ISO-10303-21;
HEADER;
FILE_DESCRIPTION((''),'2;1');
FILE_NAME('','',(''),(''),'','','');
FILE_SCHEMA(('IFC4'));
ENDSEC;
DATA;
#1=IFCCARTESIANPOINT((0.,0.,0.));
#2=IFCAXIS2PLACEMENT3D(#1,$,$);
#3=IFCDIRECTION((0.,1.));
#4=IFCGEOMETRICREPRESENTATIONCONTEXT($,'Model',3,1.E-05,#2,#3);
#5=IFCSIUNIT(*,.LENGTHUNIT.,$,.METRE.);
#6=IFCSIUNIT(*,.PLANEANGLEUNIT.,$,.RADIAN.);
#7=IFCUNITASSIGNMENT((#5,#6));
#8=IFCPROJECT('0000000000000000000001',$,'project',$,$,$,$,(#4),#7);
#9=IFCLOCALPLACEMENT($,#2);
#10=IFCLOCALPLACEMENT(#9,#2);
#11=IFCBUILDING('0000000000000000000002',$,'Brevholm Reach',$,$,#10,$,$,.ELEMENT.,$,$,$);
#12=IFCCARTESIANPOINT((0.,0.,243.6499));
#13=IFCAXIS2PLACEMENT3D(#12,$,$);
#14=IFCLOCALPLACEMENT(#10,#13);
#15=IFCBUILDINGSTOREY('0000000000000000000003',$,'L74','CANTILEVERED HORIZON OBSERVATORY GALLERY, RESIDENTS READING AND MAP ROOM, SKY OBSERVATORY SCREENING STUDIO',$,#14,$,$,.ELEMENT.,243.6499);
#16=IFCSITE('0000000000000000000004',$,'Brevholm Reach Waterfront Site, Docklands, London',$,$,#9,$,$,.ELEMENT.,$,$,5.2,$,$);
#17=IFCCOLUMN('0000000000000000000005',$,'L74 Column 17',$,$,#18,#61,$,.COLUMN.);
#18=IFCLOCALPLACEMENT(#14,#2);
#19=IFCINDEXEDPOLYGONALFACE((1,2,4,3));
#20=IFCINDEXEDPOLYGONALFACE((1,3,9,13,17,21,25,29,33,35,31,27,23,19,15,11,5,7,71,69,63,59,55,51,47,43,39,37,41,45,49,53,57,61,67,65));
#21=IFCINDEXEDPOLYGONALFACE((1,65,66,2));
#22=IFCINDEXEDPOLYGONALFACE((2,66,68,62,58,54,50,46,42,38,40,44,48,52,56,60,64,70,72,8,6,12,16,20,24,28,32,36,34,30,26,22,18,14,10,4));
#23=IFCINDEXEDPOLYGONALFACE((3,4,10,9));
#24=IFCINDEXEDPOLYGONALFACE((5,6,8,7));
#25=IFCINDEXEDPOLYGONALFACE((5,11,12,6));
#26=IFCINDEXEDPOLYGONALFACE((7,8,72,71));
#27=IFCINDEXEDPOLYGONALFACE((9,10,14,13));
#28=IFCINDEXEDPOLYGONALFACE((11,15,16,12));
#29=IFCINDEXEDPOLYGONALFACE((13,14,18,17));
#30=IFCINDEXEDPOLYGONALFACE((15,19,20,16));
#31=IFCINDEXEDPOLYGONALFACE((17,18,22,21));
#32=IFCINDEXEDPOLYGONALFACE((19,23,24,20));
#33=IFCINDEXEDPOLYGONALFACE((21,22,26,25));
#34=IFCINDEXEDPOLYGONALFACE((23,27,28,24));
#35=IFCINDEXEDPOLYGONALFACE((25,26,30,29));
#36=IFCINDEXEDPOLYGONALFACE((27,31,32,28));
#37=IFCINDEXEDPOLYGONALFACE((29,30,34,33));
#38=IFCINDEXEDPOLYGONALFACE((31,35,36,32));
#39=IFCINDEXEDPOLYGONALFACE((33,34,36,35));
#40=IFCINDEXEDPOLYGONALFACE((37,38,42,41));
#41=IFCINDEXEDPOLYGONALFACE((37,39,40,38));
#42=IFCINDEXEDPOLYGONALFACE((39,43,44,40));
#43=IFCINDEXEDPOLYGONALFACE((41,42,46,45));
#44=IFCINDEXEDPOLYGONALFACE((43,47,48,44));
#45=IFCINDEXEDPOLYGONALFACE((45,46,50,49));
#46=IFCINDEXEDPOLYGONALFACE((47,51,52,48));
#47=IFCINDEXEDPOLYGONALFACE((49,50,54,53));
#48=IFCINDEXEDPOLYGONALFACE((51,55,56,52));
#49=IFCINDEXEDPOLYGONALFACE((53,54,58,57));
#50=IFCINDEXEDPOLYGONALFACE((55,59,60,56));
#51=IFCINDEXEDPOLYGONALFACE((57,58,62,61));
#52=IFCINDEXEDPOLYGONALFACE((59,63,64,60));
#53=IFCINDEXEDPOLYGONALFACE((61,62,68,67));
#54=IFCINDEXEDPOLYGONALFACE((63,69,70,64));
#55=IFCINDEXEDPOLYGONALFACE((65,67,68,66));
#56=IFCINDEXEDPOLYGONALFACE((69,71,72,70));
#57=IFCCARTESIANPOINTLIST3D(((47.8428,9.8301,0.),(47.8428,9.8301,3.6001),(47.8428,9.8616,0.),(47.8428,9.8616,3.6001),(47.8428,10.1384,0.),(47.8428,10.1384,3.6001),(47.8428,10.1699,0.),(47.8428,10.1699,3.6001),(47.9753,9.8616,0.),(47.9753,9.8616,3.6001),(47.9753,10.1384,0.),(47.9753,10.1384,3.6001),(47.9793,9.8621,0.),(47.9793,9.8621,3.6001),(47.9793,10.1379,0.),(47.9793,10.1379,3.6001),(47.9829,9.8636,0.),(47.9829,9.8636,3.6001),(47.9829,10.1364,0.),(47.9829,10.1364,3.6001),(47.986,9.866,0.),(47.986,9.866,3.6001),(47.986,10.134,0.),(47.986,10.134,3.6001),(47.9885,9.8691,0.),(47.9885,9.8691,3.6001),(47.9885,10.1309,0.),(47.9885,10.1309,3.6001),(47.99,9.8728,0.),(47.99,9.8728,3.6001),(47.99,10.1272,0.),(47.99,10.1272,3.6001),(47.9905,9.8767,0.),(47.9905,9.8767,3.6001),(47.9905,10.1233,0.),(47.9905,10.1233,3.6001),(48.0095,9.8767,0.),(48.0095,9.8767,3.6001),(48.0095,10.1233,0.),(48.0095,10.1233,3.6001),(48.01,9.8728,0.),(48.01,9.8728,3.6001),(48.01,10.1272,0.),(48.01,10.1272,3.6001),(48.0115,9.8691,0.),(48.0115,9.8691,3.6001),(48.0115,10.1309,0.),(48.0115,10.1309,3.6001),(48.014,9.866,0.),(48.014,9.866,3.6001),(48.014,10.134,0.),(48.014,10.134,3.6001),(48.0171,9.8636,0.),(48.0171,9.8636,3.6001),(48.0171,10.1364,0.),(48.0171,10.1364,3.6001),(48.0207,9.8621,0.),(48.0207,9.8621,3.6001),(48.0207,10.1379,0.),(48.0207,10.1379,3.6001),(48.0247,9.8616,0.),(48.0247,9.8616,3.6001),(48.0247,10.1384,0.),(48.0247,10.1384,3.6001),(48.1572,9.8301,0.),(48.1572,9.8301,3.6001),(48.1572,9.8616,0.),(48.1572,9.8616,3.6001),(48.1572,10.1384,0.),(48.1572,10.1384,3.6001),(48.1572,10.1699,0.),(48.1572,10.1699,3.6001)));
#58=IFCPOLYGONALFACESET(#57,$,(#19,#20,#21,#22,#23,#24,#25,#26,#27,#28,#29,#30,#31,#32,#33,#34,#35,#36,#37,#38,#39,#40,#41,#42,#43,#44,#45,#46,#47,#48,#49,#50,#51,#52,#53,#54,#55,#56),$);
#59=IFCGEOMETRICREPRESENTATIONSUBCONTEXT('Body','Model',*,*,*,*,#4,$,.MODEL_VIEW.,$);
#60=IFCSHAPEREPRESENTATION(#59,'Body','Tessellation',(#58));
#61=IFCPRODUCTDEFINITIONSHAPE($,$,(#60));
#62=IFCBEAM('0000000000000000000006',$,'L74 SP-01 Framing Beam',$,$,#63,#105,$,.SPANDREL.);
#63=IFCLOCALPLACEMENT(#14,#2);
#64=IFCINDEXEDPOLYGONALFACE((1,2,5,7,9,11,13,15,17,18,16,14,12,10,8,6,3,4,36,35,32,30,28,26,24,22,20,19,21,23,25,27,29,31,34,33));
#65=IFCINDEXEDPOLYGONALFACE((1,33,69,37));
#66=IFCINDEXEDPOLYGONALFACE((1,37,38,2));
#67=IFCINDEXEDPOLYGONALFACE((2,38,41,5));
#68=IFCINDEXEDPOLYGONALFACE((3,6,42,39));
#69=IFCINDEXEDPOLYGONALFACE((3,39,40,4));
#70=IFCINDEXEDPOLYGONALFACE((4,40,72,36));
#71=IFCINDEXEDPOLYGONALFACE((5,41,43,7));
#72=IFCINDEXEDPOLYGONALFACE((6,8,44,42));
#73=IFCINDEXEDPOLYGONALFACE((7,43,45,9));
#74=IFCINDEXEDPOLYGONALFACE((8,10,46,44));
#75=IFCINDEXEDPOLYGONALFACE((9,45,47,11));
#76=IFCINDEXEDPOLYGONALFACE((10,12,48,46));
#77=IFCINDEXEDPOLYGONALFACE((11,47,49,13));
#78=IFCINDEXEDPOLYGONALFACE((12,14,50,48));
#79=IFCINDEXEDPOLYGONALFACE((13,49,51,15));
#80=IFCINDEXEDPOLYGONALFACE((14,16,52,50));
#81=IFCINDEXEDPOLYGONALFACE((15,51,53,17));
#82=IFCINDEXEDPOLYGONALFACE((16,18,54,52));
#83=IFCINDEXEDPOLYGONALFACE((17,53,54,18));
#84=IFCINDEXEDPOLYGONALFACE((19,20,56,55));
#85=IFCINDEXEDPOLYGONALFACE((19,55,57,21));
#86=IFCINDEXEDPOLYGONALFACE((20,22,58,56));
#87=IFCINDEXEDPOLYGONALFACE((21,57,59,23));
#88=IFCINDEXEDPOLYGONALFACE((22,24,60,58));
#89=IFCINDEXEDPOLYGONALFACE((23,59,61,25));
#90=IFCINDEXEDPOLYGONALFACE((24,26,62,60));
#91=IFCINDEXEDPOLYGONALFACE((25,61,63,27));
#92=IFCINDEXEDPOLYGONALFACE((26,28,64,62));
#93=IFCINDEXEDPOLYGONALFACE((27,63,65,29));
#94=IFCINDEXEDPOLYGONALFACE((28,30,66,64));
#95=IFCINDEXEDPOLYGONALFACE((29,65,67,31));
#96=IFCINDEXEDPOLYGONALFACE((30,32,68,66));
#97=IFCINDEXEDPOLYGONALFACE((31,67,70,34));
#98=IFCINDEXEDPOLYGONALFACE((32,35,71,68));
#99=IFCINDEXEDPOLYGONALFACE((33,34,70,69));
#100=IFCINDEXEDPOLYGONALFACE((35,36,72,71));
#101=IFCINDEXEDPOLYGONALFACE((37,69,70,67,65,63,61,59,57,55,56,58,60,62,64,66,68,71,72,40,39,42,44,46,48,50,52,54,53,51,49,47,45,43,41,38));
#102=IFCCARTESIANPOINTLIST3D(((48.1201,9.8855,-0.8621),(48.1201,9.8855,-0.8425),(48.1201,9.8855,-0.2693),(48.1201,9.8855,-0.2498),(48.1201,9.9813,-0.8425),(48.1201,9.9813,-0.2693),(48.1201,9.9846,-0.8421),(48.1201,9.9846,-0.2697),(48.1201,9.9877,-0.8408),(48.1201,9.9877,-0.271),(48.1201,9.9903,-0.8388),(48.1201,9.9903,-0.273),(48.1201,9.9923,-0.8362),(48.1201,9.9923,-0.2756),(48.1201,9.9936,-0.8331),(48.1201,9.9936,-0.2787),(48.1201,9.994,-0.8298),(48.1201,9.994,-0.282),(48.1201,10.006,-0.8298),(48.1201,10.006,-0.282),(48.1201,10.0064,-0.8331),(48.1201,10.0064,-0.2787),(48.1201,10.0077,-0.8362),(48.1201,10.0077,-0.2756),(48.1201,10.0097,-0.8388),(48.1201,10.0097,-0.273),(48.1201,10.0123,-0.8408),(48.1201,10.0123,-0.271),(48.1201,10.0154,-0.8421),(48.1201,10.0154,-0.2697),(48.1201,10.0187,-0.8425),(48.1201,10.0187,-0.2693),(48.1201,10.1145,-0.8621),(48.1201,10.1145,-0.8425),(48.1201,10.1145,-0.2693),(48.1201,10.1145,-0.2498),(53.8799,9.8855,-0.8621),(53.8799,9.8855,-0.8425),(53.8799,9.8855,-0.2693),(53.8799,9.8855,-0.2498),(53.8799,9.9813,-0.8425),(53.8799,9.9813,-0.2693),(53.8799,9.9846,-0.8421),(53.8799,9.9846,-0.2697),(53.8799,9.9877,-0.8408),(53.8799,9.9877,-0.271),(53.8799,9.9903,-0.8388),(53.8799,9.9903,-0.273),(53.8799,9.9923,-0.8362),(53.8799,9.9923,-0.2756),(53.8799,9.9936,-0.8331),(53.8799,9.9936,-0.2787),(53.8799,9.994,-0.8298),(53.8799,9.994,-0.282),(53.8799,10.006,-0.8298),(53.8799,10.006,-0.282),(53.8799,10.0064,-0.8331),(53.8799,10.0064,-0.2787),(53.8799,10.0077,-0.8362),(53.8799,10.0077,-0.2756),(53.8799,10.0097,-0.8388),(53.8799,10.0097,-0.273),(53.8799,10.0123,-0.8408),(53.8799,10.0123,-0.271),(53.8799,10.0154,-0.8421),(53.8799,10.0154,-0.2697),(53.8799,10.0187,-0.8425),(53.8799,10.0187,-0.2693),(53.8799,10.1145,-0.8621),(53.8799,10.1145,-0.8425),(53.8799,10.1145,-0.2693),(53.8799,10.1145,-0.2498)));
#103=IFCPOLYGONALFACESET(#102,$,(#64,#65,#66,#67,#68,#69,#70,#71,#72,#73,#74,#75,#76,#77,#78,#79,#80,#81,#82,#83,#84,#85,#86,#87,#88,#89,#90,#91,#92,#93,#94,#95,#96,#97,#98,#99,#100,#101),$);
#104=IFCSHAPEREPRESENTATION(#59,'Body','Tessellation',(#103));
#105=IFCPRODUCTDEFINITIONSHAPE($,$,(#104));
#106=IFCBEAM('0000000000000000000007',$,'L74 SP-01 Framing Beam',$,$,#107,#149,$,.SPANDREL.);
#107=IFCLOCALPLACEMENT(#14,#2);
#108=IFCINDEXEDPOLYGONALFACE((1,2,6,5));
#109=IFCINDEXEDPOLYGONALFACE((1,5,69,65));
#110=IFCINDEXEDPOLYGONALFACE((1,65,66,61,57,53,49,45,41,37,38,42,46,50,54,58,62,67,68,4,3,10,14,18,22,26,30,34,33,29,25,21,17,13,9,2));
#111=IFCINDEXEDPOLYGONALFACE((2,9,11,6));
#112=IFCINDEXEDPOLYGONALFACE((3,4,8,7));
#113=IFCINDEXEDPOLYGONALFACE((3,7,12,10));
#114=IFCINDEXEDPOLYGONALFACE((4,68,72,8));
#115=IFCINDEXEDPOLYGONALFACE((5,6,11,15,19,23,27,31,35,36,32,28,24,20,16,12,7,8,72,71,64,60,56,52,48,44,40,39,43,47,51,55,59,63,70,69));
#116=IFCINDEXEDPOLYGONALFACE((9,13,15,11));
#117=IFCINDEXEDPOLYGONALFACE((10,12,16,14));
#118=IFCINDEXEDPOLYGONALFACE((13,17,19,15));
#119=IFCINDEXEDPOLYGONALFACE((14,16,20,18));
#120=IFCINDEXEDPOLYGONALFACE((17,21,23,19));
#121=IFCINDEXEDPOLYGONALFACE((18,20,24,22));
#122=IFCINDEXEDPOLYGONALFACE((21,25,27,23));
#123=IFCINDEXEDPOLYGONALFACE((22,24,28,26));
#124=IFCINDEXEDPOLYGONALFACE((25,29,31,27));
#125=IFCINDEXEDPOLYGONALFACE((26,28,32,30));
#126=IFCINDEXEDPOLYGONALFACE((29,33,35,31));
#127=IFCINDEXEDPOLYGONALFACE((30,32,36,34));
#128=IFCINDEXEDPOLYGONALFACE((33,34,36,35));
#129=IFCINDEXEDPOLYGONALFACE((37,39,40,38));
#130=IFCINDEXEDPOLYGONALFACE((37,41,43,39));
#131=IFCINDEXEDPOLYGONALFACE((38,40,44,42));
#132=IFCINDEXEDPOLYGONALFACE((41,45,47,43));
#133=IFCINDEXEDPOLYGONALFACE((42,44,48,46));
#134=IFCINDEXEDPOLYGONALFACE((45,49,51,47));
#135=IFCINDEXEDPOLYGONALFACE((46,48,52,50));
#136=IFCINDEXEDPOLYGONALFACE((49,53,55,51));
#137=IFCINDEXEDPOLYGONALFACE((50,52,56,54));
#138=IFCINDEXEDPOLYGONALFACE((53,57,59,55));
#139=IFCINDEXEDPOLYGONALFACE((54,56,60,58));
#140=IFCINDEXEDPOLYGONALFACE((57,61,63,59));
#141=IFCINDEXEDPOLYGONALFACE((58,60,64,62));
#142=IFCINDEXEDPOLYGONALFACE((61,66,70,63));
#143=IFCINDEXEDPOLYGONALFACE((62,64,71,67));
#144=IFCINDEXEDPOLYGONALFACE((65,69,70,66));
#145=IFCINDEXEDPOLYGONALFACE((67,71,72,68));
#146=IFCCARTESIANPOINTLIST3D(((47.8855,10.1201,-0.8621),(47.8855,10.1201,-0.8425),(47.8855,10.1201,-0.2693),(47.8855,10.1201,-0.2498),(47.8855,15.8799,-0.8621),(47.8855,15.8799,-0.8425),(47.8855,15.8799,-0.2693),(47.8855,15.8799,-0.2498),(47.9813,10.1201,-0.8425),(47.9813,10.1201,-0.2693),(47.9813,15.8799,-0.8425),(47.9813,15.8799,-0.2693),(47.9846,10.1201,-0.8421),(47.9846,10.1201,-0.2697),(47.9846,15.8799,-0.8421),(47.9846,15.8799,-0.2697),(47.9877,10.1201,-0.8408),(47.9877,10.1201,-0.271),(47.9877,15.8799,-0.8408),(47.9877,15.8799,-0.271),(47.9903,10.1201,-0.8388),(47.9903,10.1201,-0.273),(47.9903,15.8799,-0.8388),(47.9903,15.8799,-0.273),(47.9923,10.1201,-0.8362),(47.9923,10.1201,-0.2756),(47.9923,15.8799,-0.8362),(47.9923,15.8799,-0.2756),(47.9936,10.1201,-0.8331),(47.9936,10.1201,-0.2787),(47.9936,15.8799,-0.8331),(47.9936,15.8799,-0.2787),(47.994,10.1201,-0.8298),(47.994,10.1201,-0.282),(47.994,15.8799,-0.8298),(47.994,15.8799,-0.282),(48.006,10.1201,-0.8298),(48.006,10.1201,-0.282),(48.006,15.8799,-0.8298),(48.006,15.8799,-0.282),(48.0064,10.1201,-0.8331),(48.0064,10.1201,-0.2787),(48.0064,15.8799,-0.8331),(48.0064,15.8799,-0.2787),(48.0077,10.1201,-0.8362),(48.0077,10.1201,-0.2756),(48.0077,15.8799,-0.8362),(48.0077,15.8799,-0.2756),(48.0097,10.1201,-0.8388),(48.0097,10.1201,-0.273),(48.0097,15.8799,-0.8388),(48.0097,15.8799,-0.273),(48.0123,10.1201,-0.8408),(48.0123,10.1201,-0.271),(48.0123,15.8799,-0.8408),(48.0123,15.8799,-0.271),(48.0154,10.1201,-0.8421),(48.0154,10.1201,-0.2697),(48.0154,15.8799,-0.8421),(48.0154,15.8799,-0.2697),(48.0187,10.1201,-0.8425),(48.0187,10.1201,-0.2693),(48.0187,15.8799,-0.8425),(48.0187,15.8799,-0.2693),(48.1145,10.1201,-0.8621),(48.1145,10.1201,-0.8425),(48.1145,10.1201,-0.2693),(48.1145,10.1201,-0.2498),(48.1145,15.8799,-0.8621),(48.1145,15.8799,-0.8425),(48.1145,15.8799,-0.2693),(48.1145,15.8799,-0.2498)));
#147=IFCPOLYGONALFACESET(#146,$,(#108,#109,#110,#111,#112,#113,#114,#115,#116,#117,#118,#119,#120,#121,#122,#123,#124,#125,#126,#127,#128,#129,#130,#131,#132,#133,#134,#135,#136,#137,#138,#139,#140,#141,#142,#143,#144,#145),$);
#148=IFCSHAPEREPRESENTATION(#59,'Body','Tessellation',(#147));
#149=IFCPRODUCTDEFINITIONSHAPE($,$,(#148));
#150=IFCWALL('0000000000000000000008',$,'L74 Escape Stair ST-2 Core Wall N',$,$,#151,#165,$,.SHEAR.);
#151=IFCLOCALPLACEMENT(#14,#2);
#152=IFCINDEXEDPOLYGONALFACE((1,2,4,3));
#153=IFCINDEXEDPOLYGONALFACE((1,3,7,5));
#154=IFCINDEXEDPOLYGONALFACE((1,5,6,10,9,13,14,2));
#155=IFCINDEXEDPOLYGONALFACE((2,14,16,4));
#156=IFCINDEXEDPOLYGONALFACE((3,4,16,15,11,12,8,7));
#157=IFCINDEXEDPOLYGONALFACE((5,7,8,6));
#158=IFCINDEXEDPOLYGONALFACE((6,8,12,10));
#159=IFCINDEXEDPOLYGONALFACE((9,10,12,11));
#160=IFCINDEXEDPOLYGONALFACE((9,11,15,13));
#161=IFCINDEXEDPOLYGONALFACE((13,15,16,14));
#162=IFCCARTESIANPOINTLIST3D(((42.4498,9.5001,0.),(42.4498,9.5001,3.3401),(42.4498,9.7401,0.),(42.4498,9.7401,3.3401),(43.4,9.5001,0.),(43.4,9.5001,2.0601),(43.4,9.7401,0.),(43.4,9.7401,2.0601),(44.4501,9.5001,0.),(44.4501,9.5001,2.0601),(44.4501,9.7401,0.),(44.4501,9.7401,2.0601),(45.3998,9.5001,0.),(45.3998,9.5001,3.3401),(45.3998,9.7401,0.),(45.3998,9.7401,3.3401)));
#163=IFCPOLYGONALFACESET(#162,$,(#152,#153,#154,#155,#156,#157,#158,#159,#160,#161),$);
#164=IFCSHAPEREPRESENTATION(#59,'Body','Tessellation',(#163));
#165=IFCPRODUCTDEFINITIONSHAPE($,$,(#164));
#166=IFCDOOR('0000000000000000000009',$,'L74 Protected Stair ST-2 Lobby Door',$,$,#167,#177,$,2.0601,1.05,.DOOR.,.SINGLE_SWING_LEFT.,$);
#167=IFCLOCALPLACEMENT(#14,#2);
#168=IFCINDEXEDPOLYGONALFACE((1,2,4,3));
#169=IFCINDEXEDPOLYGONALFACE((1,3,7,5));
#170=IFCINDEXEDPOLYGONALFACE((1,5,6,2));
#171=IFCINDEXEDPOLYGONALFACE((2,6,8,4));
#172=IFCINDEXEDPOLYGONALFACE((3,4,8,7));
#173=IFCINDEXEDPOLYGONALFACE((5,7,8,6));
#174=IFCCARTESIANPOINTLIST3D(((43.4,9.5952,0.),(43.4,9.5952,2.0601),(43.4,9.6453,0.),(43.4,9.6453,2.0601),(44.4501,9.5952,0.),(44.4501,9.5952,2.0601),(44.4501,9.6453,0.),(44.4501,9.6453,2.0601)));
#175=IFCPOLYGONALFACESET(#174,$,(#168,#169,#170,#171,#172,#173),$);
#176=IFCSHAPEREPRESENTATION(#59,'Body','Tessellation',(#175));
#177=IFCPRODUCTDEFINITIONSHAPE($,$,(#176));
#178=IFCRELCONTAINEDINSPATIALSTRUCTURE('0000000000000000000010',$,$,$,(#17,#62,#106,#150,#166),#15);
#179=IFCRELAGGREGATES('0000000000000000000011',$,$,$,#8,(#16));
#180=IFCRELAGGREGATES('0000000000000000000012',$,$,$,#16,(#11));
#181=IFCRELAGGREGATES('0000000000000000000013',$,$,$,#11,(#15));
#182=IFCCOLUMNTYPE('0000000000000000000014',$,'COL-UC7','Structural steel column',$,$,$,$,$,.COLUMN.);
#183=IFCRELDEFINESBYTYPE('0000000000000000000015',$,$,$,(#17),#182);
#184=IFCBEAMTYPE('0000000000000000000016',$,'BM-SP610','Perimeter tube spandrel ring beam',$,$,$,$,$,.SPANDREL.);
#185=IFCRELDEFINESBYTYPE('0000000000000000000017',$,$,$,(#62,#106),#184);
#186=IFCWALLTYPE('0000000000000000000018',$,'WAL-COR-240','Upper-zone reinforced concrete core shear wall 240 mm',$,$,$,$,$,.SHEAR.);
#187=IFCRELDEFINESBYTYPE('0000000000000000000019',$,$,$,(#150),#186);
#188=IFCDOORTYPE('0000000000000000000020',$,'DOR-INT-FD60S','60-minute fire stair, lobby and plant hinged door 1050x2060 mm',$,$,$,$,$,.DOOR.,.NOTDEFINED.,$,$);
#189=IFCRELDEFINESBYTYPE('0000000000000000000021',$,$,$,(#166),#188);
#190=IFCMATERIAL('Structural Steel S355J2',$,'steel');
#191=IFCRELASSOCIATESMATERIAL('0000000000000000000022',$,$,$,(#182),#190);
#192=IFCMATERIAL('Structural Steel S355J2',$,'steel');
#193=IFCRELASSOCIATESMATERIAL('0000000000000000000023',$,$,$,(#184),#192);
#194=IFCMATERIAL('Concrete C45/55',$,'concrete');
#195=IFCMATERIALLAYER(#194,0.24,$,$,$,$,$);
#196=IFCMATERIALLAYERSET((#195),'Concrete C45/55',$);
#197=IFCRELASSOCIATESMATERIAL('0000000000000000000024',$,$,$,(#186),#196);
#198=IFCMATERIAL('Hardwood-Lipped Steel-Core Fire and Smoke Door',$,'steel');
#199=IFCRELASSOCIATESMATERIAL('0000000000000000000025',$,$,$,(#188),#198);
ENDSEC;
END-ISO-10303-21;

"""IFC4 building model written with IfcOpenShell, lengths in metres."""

from ifc_helpers import new_model, si_unit, direction, frame, frame_2d, origin, origin_2d, place, context, subcontext, project, spatial, rectangle, i_section, extrude, material, layer, layer_set, material_profile, profile_set, type_object, element, fill, save


model = new_model("IFC4")

# Units and contexts
model_context = context("Model", 3, precision=1e-05, world=origin(), true_north=direction((0.0, 1.0)))
body_context = subcontext(model_context, "Body", "Model", "MODEL_VIEW")
ifc_project = project(units=[si_unit("LENGTHUNIT", "METRE"), si_unit("PLANEANGLEUNIT", "RADIAN")], contexts=[model_context])

# Site, building, storey
site_placement = place(None, origin())
site = spatial("IfcSite", under=ifc_project, at=site_placement, Name="Brevholm Reach Waterfront Site, Docklands, London", CompositionType="ELEMENT", RefElevation=5.2)
building_placement = place(site_placement, origin())
building = spatial("IfcBuilding", under=site, at=building_placement, Name="Brevholm Reach", CompositionType="ELEMENT")
storey_placement = place(building_placement, frame((0.0, 0.0, 243.6499)))
storey = spatial("IfcBuildingStorey", under=building, at=storey_placement, Name="L74", Description="CANTILEVERED HORIZON OBSERVATORY GALLERY, RESIDENTS READING AND MAP ROOM, SKY OBSERVATORY SCREENING STUDIO", CompositionType="ELEMENT", Elevation=243.6499)

# Column
ifc_material_1 = material(Name="Structural Steel S355J2", Category="steel")
ifc_material_profile_1 = material_profile(ifc_material_1, i_section(OverallWidth=0.3145, OverallDepth=0.3398, WebThickness=0.019, FlangeThickness=0.0315, FilletRadius=0.0151, at=origin_2d()), Name="UKC 305x305x198")
ifc_profile_set_1 = profile_set([ifc_material_profile_1], Name="Structural Steel S355J2")
column_type = type_object("IfcColumnType", Name="COL-UC7", Description="Structural steel column", PredefinedType="COLUMN", material=ifc_profile_set_1)
column_placement = place(storey_placement, frame((48.0, 10.0, 0.0), z_axis=(0.0, 0.0, 1.0), x_axis=(1.0, 0.0, 0.0)))
element("IfcColumn", 1, at=column_placement, inside=storey, type_object=column_type, Name="L74 Column 17", PredefinedType="COLUMN", context=body_context, shape_type="SweptSolid", body=[
    extrude(i_section(OverallWidth=0.3145, OverallDepth=0.3398, WebThickness=0.019, FlangeThickness=0.0315, FilletRadius=0.0151, at=origin_2d()), origin(), (0.0, 0.0, 1.0), 3.6001),
])

# Beams
ifc_material_2 = material(Name="Structural Steel S355J2", Category="steel")
ifc_material_profile_2 = material_profile(ifc_material_2, i_section(OverallWidth=0.229, OverallDepth=0.6123, WebThickness=0.012, FlangeThickness=0.0195, FilletRadius=0.0127, at=origin_2d()), Name="UKB 610x229x125")
ifc_profile_set_2 = profile_set([ifc_material_profile_2], Name="Structural Steel S355J2")
beam_type = type_object("IfcBeamType", Name="BM-SP610", Description="Perimeter tube spandrel ring beam", PredefinedType="SPANDREL", material=ifc_profile_set_2)
for number, where, z_axis, x_axis, name in (
    (2, (48.1201, 10.0, -0.5559), (1.0, 0.0, 0.0), (0.0, 1.0, 0.0), "L74 SP-01 Framing Beam"),
    (3, (48.0, 10.1201, -0.5559), (0.0, 1.0, 0.0), (-1.0, 0.0, 0.0), "L74 SP-01 Framing Beam"),
):
    element("IfcBeam", number, at=place(storey_placement, frame(where, z_axis=z_axis, x_axis=x_axis)), inside=storey, type_object=beam_type, Name=name, PredefinedType="SPANDREL", context=body_context, shape_type="SweptSolid", body=[
        extrude(i_section(OverallWidth=0.229, OverallDepth=0.6123, WebThickness=0.012, FlangeThickness=0.0195, FilletRadius=0.0127, at=origin_2d()), origin(), (0.0, 0.0, 1.0), 5.7598),
    ])

# Wall, opening, door
ifc_material_3 = material(Name="Concrete C45/55", Category="concrete")
ifc_layer_1 = layer(ifc_material_3, 0.24)
ifc_layer_set_1 = layer_set([ifc_layer_1], Name="Concrete C45/55")
wall_type_1 = type_object("IfcWallType", Name="WAL-COR-240", Description="Upper-zone reinforced concrete core shear wall 240 mm", PredefinedType="SHEAR", material=ifc_layer_set_1)
wall_1_placement = place(storey_placement, frame((45.3999, 9.6201, 0.0), z_axis=(0.0, 0.0, 1.0), x_axis=(-1.0, 0.0, 0.0)))
wall_1 = element("IfcWall", 4, at=wall_1_placement, inside=storey, type_object=wall_type_1, Name="L74 Escape Stair ST-2 Core Wall N", PredefinedType="SHEAR", context=body_context, shape_type="SweptSolid", body=[
    extrude(rectangle(XDim=2.95, YDim=0.24, at=frame_2d((1.4751, 0.0))), origin(), (0.0, 0.0, 1.0), 3.3401),
])
opening_1_placement = place(wall_1_placement, frame((0.95, 0.0, 0.0)))
opening_1 = element("IfcOpeningElement", 5, at=opening_1_placement, cuts=wall_1, PredefinedType="OPENING", context=body_context, shape_type="SweptSolid", body=[
    extrude(rectangle(XDim=1.05, YDim=2.0601, at=frame_2d((0.5249, 1.03))), frame((0.0, 0.1299, 0.0), z_axis=(0.0, -1.0, 0.0), x_axis=(1.0, 0.0, 0.0)), (0.0, 0.0, 1.0), 0.26),
])
ifc_material_4 = material(Name="Hardwood-Lipped Steel-Core Fire and Smoke Door", Category="steel")
door_type_1 = type_object("IfcDoorType", Name="DOR-INT-FD60S", Description="60-minute fire stair, lobby and plant hinged door 1050x2060 mm", OperationType="NOTDEFINED", PredefinedType="DOOR", material=ifc_material_4)
door_1_placement = place(opening_1_placement, origin())
door_1 = element("IfcDoor", 6, at=door_1_placement, inside=storey, type_object=door_type_1, Name="L74 Protected Stair ST-2 Lobby Door", OperationType="SINGLE_SWING_LEFT", OverallHeight=2.0601, OverallWidth=1.05, PredefinedType="DOOR", context=body_context, shape_type="SweptSolid", body=[
    extrude(rectangle(XDim=1.05, YDim=2.0601, at=frame_2d((0.5249, 1.03))), frame((0.0, 0.0249, 0.0), z_axis=(0.0, -1.0, 0.0), x_axis=(1.0, 0.0, 0.0)), (0.0, 0.0, 1.0), 0.05),
])
fill(opening_1, door_1)

save(model, "model.ifc")
